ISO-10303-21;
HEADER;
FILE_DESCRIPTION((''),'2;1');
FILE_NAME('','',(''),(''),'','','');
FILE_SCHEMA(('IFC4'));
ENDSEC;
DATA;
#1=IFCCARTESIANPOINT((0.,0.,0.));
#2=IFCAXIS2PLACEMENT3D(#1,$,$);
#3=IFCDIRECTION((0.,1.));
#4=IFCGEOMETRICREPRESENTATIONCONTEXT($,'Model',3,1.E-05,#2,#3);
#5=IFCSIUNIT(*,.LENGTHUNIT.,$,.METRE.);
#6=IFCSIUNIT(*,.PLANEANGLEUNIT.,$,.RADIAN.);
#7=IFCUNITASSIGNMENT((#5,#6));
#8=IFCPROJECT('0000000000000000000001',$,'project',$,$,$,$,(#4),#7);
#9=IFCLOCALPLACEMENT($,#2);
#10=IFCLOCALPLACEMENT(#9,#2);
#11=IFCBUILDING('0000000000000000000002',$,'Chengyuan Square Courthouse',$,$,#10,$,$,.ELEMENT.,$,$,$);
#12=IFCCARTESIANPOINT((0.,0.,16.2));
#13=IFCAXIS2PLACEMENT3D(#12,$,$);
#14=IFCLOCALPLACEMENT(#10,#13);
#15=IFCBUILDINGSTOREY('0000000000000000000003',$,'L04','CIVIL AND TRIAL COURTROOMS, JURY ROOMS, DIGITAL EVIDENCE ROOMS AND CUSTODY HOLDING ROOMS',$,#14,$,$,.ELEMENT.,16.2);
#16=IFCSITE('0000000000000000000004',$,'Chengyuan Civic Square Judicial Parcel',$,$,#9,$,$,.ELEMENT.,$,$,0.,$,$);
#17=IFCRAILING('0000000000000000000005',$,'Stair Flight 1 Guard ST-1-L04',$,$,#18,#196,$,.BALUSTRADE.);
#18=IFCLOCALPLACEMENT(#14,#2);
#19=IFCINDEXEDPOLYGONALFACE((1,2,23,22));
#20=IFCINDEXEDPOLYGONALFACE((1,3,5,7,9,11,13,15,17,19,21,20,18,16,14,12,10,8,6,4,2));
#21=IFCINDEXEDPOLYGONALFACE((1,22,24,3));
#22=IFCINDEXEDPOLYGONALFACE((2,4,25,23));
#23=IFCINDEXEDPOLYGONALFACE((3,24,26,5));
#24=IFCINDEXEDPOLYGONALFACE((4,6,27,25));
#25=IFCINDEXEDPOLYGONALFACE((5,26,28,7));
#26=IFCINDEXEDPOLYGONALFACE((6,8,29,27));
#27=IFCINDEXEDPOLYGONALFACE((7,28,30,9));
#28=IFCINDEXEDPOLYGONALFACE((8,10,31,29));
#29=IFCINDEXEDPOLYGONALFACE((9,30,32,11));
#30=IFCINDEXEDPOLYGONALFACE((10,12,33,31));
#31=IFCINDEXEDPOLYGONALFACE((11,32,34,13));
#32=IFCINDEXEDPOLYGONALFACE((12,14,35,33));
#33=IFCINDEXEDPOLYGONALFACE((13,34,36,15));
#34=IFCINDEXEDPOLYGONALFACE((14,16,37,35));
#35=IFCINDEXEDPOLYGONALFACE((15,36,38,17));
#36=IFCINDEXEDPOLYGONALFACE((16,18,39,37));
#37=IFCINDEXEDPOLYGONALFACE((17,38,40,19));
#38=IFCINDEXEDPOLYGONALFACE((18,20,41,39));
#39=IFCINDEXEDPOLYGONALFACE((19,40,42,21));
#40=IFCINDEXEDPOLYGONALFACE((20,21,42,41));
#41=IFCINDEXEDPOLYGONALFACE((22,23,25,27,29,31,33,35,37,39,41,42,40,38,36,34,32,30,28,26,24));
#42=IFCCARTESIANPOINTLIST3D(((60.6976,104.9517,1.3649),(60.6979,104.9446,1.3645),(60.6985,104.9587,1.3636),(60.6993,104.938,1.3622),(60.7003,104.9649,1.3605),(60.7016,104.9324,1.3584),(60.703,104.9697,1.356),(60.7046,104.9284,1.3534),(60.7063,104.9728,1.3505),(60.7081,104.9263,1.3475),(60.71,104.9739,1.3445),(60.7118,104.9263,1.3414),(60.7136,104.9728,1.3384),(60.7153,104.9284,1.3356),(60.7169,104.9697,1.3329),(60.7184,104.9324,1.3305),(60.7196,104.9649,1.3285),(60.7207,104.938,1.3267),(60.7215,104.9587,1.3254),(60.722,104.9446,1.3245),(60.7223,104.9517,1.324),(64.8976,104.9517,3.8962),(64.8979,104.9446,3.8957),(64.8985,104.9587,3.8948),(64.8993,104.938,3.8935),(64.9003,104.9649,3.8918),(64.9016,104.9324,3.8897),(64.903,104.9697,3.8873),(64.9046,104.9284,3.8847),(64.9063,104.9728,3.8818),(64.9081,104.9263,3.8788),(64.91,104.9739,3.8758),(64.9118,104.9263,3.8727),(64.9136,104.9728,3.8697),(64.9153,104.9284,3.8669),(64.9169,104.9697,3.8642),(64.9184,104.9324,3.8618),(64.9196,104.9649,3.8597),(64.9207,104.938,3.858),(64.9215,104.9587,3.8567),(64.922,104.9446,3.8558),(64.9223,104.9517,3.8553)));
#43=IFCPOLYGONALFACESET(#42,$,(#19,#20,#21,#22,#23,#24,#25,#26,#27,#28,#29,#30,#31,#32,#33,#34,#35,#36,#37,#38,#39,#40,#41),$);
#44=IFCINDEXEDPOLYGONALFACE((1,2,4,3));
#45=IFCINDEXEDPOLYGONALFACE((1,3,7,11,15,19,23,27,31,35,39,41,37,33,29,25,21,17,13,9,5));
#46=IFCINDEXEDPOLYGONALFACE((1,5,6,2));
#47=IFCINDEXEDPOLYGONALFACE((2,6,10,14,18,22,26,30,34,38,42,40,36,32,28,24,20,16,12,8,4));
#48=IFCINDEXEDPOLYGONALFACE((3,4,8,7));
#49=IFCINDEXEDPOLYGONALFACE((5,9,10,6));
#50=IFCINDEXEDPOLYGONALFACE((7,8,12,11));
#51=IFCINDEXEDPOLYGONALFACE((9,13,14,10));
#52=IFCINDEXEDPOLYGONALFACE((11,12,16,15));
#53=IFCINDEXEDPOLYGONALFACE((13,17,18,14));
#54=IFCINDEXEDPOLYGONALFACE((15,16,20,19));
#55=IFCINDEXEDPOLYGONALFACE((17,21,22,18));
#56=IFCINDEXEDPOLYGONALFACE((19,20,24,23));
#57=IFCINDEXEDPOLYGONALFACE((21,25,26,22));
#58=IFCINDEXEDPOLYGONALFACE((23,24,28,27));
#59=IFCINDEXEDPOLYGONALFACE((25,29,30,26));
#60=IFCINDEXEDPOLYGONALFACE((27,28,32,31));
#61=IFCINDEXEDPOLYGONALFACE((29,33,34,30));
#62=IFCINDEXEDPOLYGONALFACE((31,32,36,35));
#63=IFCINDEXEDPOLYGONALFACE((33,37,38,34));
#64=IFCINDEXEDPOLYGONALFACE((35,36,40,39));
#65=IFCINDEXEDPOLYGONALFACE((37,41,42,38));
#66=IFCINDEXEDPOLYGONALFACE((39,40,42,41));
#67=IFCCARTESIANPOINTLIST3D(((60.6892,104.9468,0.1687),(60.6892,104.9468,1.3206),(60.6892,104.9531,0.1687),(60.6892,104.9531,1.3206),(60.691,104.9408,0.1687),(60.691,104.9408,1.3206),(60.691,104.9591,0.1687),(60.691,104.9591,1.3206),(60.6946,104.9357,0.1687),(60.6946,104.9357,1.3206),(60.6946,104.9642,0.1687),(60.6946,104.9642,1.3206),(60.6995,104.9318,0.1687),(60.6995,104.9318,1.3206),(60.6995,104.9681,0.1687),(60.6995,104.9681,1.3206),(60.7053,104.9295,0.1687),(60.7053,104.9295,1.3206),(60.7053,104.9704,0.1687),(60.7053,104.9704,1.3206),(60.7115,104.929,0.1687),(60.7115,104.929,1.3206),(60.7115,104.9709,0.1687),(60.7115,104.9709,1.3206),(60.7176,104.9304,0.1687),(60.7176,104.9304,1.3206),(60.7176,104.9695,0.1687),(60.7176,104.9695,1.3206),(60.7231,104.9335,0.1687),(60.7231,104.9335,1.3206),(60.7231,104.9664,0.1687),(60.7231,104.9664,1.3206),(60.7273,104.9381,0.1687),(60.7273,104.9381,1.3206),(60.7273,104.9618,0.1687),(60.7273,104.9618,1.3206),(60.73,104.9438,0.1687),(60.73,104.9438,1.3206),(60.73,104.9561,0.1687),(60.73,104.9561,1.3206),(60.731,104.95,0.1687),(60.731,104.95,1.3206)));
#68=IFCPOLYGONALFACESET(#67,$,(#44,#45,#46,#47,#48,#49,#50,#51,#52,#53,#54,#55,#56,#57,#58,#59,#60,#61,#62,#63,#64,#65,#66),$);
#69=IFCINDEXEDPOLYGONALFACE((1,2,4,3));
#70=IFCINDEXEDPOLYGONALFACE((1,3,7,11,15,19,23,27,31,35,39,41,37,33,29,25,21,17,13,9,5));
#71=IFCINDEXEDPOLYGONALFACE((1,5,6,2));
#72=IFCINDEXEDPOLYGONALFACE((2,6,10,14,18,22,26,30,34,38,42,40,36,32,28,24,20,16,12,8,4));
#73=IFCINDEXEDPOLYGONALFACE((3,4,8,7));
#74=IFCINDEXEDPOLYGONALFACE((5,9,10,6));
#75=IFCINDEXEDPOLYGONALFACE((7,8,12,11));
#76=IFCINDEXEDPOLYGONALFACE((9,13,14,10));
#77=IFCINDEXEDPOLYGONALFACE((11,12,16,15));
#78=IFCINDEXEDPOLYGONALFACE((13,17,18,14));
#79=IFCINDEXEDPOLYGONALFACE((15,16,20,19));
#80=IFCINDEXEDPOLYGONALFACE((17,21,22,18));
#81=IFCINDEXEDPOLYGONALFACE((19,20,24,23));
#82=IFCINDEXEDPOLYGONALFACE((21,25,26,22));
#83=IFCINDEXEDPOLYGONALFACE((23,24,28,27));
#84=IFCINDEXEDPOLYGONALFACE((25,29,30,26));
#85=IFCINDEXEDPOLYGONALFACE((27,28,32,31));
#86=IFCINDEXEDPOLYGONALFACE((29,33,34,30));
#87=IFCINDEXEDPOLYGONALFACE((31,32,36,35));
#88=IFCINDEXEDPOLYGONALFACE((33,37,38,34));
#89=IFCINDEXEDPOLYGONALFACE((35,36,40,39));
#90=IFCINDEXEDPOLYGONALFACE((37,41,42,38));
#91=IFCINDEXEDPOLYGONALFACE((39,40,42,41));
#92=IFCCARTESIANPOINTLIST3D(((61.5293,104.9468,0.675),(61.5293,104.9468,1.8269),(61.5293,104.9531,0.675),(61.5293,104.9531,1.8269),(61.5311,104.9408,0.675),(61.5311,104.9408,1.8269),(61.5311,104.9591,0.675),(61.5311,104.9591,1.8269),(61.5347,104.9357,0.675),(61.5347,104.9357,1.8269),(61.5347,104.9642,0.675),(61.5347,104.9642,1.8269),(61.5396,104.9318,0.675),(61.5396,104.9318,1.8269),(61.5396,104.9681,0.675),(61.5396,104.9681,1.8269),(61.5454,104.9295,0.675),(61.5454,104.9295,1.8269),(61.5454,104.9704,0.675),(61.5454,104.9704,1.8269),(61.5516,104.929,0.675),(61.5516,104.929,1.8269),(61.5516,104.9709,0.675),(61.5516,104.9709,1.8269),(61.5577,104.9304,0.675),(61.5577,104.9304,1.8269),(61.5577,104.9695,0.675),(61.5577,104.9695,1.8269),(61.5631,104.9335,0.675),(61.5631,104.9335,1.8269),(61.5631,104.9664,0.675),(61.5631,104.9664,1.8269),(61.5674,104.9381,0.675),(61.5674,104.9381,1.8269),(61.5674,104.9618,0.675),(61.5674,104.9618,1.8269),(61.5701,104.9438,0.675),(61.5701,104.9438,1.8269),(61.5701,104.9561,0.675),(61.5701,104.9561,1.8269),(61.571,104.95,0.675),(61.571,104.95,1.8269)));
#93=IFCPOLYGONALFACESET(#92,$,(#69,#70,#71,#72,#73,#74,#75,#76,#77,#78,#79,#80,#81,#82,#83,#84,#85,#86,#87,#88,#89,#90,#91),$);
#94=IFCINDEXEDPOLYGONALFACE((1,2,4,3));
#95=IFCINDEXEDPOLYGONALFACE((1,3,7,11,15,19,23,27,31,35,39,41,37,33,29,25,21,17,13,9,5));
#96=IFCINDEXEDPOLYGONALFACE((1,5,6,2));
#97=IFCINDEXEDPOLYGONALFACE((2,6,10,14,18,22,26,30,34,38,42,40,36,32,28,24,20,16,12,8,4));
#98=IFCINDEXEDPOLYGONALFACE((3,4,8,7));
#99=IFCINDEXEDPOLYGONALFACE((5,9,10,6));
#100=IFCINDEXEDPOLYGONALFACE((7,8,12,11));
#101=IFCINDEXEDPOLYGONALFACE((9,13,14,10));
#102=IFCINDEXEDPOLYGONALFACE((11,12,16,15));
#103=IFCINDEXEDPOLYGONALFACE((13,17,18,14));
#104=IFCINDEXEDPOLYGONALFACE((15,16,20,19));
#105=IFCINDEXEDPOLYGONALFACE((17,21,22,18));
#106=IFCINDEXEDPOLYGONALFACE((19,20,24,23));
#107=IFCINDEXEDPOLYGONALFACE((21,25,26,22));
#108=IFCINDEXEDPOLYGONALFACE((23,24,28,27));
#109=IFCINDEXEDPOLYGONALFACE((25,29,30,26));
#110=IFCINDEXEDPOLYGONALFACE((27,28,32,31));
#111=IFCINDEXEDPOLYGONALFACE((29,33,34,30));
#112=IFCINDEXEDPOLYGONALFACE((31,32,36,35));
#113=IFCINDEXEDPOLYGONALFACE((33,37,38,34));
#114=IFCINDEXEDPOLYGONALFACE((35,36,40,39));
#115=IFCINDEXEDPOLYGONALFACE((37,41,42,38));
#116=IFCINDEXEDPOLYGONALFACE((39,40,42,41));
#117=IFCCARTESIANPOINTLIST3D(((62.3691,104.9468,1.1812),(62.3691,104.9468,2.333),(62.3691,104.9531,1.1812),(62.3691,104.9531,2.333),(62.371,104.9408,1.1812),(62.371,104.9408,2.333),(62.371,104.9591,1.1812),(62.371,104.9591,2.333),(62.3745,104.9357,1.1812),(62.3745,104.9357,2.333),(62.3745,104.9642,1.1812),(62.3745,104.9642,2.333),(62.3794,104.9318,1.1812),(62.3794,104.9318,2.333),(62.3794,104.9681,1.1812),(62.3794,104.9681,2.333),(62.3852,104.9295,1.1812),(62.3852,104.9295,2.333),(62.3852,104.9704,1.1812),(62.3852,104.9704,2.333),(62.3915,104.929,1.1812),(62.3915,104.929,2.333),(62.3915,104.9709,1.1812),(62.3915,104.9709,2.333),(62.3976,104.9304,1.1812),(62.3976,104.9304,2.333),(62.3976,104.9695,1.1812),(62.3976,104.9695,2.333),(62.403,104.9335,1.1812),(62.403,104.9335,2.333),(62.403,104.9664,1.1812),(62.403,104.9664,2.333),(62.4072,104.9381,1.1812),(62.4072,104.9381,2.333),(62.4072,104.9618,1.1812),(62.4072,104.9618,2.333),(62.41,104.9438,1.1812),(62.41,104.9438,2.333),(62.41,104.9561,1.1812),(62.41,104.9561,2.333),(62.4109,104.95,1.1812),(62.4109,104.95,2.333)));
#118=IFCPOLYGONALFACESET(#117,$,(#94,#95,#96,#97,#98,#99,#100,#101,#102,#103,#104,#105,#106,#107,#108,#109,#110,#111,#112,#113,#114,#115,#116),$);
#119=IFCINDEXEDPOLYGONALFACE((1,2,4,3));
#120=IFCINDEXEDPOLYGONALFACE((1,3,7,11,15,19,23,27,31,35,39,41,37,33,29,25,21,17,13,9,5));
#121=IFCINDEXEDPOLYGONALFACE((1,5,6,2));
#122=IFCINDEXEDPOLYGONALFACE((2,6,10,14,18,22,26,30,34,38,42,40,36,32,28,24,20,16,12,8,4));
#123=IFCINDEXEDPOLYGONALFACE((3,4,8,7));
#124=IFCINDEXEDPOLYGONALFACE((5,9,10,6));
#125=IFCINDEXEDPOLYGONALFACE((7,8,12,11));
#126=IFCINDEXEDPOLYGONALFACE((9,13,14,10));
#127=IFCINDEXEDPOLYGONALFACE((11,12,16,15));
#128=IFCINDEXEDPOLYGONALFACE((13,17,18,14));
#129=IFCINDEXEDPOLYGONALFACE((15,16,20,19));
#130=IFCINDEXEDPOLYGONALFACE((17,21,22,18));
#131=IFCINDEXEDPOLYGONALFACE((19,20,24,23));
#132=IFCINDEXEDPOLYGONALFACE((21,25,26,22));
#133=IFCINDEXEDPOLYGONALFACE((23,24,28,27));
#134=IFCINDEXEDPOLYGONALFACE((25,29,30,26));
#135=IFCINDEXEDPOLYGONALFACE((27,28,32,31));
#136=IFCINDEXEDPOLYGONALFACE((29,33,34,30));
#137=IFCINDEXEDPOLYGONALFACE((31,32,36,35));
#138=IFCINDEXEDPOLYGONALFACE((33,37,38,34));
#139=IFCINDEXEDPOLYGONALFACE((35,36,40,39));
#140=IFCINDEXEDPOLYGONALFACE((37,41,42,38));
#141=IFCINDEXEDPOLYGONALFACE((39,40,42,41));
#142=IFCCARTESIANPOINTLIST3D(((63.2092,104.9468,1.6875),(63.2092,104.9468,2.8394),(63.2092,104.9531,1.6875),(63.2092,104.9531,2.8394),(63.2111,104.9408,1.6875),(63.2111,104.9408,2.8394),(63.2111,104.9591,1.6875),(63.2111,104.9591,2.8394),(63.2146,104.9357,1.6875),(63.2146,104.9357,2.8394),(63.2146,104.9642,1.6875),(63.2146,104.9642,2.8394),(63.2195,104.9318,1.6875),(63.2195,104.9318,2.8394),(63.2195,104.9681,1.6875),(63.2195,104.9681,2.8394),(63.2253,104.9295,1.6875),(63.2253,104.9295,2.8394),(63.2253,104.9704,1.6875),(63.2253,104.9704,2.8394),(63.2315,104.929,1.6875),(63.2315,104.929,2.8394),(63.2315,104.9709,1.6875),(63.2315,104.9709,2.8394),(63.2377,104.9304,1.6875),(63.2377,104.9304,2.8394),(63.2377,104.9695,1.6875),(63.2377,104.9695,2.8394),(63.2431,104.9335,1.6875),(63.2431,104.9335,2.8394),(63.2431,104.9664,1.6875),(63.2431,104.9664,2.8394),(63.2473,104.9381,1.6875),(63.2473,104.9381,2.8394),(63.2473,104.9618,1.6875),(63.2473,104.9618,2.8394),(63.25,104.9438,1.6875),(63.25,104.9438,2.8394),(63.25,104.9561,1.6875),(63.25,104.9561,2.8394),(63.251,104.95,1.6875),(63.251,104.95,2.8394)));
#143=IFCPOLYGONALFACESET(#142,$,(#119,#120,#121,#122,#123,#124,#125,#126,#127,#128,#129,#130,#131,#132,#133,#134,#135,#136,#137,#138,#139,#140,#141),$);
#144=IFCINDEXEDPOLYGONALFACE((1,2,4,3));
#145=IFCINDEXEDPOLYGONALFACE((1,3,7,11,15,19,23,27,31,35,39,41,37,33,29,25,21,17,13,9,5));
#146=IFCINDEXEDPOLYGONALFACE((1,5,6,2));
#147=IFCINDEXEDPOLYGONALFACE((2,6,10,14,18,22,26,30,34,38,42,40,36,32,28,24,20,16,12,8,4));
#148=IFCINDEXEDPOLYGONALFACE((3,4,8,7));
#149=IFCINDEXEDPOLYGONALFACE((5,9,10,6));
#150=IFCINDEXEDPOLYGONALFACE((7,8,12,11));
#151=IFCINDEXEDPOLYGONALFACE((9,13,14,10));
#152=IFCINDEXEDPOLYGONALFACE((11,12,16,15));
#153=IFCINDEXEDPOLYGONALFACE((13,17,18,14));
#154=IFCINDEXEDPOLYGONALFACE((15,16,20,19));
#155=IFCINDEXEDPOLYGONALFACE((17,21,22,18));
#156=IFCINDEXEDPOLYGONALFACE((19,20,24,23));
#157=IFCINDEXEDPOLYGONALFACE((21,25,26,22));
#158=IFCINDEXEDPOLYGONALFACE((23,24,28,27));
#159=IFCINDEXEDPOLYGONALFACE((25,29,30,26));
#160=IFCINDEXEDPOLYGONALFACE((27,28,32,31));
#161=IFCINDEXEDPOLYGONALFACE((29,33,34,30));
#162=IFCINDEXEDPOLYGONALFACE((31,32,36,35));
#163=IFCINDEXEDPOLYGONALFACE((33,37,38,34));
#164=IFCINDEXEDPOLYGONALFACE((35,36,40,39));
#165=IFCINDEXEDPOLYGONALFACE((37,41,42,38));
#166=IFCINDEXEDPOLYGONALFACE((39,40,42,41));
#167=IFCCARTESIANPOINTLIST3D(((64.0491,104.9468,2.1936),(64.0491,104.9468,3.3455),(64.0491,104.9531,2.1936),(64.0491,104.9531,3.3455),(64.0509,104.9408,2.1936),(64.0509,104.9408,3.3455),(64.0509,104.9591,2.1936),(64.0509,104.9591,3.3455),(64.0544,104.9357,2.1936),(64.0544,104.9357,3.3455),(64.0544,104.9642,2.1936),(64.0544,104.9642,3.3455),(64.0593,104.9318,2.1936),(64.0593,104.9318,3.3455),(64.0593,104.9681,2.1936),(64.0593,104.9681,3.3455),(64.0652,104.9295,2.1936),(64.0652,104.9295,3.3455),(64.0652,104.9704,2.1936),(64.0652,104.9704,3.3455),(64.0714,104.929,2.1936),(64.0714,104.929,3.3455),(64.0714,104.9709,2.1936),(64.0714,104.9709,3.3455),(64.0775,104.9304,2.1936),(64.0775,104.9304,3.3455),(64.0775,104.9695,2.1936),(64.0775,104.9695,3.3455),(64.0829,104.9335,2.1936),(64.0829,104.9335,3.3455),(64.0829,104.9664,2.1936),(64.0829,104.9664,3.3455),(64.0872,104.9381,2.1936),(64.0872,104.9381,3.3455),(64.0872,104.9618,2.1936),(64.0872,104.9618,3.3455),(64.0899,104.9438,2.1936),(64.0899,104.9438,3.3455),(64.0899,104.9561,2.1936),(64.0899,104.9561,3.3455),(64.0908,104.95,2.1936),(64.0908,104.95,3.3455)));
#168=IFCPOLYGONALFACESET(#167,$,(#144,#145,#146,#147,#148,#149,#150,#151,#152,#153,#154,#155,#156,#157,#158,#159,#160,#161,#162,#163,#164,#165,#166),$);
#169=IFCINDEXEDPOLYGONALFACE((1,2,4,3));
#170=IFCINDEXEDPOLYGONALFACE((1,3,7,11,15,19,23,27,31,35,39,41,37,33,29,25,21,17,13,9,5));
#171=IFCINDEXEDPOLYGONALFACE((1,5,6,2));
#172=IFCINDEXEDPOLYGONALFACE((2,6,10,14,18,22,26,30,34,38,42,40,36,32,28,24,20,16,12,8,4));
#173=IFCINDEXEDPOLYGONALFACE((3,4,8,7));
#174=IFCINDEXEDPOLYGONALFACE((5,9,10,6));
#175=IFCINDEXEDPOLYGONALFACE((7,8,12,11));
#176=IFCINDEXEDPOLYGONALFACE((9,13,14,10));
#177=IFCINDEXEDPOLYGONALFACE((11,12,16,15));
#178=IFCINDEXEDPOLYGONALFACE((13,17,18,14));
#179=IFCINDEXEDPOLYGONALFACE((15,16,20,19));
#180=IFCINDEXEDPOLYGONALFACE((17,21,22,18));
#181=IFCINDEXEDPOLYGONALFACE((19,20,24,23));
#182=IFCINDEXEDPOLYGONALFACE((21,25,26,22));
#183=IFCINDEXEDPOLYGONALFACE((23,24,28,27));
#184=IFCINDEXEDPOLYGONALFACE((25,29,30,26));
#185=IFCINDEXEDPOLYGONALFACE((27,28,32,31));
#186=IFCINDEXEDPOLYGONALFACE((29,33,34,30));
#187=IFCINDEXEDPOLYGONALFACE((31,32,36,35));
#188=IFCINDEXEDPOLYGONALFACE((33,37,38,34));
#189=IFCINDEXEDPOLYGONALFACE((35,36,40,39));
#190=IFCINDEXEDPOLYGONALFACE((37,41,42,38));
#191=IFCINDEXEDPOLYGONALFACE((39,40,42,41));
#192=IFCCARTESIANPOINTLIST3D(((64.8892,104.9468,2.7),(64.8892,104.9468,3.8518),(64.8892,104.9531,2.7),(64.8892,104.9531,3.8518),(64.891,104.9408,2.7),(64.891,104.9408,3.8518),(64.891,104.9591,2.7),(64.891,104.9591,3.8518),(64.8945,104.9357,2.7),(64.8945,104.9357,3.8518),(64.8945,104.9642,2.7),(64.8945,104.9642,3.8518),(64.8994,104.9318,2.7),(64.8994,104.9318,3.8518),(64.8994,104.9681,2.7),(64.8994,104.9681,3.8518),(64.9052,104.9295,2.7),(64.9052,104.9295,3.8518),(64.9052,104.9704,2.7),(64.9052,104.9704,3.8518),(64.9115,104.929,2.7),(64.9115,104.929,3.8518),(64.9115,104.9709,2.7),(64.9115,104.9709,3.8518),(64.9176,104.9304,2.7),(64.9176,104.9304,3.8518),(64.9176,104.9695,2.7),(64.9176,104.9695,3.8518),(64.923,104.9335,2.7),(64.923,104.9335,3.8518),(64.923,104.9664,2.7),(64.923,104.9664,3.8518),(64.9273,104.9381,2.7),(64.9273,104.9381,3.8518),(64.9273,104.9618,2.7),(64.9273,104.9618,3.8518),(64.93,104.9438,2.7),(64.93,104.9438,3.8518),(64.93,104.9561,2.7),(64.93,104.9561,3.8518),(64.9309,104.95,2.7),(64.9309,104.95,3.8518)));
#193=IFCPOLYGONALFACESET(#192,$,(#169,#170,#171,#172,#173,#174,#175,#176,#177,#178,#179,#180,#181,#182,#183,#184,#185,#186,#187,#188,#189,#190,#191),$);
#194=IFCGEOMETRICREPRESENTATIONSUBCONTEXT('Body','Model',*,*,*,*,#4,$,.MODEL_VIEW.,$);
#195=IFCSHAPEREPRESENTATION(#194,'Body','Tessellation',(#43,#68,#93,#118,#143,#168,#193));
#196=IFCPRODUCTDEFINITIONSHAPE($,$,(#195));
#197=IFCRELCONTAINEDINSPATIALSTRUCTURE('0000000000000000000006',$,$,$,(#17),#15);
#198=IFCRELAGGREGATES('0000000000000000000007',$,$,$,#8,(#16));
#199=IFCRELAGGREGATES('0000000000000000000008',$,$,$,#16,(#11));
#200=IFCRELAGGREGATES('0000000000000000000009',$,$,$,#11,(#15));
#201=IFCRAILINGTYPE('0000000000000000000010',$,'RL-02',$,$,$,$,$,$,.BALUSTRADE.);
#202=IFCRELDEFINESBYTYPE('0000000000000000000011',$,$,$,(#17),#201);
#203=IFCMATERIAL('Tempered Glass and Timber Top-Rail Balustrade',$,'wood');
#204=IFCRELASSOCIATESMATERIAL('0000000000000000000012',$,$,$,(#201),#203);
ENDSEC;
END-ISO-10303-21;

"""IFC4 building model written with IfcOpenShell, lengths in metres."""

from ifc_helpers import new_model, si_unit, direction, frame, origin, origin_2d, place, context, subcontext, project, spatial, circle, extrude, material, type_object, element, save


model = new_model("IFC4")

# Units and contexts
model_context = context("Model", 3, precision=1e-05, world=origin(), true_north=direction((0.0, 1.0)))
body_context = subcontext(model_context, "Body", "Model", "MODEL_VIEW")
ifc_project = project(units=[si_unit("LENGTHUNIT", "METRE"), si_unit("PLANEANGLEUNIT", "RADIAN")], contexts=[model_context])

# Site, building, storey
site_placement = place(None, origin())
site = spatial("IfcSite", under=ifc_project, at=site_placement, Name="Chengyuan Civic Square Judicial Parcel", CompositionType="ELEMENT", RefElevation=0.0)
building_placement = place(site_placement, origin())
building = spatial("IfcBuilding", under=site, at=building_placement, Name="Chengyuan Square Courthouse", CompositionType="ELEMENT")
storey_placement = place(building_placement, frame((0.0, 0.0, 16.2)))
storey = spatial("IfcBuildingStorey", under=building, at=storey_placement, Name="L04", Description="CIVIL AND TRIAL COURTROOMS, JURY ROOMS, DIGITAL EVIDENCE ROOMS AND CUSTODY HOLDING ROOMS", CompositionType="ELEMENT", Elevation=16.2)

# Railing
ifc_material_1 = material(Name="Tempered Glass and Timber Top-Rail Balustrade", Category="wood")
railing_type_1 = type_object("IfcRailingType", Name="RL-02", PredefinedType="BALUSTRADE", material=ifc_material_1)
railing_1_placement = place(storey_placement, frame((60.71, 104.95, 0.1687)))
element("IfcRailing", 1, at=railing_1_placement, inside=storey, type_object=railing_type_1, Name="Stair Flight 1 Guard ST-1-L04", PredefinedType="BALUSTRADE", context=body_context, shape_type="SweptSolid", body=[
    extrude(circle(Radius=0.0239, at=origin_2d()), frame((0.0, 0.0, 1.1758), z_axis=(0.856476, 0.0, 0.516186), x_axis=(0.0, 1.0, 0.0)), (0.0, 0.0, 1.0), 4.9038),
    extrude(circle(Radius=0.021, at=origin_2d()), origin(), (0.0, 0.0, 1.0), 1.1519),
    extrude(circle(Radius=0.021, at=origin_2d()), frame((0.8401, 0.0, 0.5063)), (0.0, 0.0, 1.0), 1.1519),
    extrude(circle(Radius=0.021, at=origin_2d()), frame((1.6799, 0.0, 1.0125)), (0.0, 0.0, 1.0), 1.1519),
    extrude(circle(Radius=0.021, at=origin_2d()), frame((2.52, 0.0, 1.5188)), (0.0, 0.0, 1.0), 1.1519),
    extrude(circle(Radius=0.021, at=origin_2d()), frame((3.3599, 0.0, 2.0249)), (0.0, 0.0, 1.0), 1.1519),
    extrude(circle(Radius=0.021, at=origin_2d()), frame((4.2, 0.0, 2.5312)), (0.0, 0.0, 1.0), 1.1519),
])

save(model, "model.ifc")
